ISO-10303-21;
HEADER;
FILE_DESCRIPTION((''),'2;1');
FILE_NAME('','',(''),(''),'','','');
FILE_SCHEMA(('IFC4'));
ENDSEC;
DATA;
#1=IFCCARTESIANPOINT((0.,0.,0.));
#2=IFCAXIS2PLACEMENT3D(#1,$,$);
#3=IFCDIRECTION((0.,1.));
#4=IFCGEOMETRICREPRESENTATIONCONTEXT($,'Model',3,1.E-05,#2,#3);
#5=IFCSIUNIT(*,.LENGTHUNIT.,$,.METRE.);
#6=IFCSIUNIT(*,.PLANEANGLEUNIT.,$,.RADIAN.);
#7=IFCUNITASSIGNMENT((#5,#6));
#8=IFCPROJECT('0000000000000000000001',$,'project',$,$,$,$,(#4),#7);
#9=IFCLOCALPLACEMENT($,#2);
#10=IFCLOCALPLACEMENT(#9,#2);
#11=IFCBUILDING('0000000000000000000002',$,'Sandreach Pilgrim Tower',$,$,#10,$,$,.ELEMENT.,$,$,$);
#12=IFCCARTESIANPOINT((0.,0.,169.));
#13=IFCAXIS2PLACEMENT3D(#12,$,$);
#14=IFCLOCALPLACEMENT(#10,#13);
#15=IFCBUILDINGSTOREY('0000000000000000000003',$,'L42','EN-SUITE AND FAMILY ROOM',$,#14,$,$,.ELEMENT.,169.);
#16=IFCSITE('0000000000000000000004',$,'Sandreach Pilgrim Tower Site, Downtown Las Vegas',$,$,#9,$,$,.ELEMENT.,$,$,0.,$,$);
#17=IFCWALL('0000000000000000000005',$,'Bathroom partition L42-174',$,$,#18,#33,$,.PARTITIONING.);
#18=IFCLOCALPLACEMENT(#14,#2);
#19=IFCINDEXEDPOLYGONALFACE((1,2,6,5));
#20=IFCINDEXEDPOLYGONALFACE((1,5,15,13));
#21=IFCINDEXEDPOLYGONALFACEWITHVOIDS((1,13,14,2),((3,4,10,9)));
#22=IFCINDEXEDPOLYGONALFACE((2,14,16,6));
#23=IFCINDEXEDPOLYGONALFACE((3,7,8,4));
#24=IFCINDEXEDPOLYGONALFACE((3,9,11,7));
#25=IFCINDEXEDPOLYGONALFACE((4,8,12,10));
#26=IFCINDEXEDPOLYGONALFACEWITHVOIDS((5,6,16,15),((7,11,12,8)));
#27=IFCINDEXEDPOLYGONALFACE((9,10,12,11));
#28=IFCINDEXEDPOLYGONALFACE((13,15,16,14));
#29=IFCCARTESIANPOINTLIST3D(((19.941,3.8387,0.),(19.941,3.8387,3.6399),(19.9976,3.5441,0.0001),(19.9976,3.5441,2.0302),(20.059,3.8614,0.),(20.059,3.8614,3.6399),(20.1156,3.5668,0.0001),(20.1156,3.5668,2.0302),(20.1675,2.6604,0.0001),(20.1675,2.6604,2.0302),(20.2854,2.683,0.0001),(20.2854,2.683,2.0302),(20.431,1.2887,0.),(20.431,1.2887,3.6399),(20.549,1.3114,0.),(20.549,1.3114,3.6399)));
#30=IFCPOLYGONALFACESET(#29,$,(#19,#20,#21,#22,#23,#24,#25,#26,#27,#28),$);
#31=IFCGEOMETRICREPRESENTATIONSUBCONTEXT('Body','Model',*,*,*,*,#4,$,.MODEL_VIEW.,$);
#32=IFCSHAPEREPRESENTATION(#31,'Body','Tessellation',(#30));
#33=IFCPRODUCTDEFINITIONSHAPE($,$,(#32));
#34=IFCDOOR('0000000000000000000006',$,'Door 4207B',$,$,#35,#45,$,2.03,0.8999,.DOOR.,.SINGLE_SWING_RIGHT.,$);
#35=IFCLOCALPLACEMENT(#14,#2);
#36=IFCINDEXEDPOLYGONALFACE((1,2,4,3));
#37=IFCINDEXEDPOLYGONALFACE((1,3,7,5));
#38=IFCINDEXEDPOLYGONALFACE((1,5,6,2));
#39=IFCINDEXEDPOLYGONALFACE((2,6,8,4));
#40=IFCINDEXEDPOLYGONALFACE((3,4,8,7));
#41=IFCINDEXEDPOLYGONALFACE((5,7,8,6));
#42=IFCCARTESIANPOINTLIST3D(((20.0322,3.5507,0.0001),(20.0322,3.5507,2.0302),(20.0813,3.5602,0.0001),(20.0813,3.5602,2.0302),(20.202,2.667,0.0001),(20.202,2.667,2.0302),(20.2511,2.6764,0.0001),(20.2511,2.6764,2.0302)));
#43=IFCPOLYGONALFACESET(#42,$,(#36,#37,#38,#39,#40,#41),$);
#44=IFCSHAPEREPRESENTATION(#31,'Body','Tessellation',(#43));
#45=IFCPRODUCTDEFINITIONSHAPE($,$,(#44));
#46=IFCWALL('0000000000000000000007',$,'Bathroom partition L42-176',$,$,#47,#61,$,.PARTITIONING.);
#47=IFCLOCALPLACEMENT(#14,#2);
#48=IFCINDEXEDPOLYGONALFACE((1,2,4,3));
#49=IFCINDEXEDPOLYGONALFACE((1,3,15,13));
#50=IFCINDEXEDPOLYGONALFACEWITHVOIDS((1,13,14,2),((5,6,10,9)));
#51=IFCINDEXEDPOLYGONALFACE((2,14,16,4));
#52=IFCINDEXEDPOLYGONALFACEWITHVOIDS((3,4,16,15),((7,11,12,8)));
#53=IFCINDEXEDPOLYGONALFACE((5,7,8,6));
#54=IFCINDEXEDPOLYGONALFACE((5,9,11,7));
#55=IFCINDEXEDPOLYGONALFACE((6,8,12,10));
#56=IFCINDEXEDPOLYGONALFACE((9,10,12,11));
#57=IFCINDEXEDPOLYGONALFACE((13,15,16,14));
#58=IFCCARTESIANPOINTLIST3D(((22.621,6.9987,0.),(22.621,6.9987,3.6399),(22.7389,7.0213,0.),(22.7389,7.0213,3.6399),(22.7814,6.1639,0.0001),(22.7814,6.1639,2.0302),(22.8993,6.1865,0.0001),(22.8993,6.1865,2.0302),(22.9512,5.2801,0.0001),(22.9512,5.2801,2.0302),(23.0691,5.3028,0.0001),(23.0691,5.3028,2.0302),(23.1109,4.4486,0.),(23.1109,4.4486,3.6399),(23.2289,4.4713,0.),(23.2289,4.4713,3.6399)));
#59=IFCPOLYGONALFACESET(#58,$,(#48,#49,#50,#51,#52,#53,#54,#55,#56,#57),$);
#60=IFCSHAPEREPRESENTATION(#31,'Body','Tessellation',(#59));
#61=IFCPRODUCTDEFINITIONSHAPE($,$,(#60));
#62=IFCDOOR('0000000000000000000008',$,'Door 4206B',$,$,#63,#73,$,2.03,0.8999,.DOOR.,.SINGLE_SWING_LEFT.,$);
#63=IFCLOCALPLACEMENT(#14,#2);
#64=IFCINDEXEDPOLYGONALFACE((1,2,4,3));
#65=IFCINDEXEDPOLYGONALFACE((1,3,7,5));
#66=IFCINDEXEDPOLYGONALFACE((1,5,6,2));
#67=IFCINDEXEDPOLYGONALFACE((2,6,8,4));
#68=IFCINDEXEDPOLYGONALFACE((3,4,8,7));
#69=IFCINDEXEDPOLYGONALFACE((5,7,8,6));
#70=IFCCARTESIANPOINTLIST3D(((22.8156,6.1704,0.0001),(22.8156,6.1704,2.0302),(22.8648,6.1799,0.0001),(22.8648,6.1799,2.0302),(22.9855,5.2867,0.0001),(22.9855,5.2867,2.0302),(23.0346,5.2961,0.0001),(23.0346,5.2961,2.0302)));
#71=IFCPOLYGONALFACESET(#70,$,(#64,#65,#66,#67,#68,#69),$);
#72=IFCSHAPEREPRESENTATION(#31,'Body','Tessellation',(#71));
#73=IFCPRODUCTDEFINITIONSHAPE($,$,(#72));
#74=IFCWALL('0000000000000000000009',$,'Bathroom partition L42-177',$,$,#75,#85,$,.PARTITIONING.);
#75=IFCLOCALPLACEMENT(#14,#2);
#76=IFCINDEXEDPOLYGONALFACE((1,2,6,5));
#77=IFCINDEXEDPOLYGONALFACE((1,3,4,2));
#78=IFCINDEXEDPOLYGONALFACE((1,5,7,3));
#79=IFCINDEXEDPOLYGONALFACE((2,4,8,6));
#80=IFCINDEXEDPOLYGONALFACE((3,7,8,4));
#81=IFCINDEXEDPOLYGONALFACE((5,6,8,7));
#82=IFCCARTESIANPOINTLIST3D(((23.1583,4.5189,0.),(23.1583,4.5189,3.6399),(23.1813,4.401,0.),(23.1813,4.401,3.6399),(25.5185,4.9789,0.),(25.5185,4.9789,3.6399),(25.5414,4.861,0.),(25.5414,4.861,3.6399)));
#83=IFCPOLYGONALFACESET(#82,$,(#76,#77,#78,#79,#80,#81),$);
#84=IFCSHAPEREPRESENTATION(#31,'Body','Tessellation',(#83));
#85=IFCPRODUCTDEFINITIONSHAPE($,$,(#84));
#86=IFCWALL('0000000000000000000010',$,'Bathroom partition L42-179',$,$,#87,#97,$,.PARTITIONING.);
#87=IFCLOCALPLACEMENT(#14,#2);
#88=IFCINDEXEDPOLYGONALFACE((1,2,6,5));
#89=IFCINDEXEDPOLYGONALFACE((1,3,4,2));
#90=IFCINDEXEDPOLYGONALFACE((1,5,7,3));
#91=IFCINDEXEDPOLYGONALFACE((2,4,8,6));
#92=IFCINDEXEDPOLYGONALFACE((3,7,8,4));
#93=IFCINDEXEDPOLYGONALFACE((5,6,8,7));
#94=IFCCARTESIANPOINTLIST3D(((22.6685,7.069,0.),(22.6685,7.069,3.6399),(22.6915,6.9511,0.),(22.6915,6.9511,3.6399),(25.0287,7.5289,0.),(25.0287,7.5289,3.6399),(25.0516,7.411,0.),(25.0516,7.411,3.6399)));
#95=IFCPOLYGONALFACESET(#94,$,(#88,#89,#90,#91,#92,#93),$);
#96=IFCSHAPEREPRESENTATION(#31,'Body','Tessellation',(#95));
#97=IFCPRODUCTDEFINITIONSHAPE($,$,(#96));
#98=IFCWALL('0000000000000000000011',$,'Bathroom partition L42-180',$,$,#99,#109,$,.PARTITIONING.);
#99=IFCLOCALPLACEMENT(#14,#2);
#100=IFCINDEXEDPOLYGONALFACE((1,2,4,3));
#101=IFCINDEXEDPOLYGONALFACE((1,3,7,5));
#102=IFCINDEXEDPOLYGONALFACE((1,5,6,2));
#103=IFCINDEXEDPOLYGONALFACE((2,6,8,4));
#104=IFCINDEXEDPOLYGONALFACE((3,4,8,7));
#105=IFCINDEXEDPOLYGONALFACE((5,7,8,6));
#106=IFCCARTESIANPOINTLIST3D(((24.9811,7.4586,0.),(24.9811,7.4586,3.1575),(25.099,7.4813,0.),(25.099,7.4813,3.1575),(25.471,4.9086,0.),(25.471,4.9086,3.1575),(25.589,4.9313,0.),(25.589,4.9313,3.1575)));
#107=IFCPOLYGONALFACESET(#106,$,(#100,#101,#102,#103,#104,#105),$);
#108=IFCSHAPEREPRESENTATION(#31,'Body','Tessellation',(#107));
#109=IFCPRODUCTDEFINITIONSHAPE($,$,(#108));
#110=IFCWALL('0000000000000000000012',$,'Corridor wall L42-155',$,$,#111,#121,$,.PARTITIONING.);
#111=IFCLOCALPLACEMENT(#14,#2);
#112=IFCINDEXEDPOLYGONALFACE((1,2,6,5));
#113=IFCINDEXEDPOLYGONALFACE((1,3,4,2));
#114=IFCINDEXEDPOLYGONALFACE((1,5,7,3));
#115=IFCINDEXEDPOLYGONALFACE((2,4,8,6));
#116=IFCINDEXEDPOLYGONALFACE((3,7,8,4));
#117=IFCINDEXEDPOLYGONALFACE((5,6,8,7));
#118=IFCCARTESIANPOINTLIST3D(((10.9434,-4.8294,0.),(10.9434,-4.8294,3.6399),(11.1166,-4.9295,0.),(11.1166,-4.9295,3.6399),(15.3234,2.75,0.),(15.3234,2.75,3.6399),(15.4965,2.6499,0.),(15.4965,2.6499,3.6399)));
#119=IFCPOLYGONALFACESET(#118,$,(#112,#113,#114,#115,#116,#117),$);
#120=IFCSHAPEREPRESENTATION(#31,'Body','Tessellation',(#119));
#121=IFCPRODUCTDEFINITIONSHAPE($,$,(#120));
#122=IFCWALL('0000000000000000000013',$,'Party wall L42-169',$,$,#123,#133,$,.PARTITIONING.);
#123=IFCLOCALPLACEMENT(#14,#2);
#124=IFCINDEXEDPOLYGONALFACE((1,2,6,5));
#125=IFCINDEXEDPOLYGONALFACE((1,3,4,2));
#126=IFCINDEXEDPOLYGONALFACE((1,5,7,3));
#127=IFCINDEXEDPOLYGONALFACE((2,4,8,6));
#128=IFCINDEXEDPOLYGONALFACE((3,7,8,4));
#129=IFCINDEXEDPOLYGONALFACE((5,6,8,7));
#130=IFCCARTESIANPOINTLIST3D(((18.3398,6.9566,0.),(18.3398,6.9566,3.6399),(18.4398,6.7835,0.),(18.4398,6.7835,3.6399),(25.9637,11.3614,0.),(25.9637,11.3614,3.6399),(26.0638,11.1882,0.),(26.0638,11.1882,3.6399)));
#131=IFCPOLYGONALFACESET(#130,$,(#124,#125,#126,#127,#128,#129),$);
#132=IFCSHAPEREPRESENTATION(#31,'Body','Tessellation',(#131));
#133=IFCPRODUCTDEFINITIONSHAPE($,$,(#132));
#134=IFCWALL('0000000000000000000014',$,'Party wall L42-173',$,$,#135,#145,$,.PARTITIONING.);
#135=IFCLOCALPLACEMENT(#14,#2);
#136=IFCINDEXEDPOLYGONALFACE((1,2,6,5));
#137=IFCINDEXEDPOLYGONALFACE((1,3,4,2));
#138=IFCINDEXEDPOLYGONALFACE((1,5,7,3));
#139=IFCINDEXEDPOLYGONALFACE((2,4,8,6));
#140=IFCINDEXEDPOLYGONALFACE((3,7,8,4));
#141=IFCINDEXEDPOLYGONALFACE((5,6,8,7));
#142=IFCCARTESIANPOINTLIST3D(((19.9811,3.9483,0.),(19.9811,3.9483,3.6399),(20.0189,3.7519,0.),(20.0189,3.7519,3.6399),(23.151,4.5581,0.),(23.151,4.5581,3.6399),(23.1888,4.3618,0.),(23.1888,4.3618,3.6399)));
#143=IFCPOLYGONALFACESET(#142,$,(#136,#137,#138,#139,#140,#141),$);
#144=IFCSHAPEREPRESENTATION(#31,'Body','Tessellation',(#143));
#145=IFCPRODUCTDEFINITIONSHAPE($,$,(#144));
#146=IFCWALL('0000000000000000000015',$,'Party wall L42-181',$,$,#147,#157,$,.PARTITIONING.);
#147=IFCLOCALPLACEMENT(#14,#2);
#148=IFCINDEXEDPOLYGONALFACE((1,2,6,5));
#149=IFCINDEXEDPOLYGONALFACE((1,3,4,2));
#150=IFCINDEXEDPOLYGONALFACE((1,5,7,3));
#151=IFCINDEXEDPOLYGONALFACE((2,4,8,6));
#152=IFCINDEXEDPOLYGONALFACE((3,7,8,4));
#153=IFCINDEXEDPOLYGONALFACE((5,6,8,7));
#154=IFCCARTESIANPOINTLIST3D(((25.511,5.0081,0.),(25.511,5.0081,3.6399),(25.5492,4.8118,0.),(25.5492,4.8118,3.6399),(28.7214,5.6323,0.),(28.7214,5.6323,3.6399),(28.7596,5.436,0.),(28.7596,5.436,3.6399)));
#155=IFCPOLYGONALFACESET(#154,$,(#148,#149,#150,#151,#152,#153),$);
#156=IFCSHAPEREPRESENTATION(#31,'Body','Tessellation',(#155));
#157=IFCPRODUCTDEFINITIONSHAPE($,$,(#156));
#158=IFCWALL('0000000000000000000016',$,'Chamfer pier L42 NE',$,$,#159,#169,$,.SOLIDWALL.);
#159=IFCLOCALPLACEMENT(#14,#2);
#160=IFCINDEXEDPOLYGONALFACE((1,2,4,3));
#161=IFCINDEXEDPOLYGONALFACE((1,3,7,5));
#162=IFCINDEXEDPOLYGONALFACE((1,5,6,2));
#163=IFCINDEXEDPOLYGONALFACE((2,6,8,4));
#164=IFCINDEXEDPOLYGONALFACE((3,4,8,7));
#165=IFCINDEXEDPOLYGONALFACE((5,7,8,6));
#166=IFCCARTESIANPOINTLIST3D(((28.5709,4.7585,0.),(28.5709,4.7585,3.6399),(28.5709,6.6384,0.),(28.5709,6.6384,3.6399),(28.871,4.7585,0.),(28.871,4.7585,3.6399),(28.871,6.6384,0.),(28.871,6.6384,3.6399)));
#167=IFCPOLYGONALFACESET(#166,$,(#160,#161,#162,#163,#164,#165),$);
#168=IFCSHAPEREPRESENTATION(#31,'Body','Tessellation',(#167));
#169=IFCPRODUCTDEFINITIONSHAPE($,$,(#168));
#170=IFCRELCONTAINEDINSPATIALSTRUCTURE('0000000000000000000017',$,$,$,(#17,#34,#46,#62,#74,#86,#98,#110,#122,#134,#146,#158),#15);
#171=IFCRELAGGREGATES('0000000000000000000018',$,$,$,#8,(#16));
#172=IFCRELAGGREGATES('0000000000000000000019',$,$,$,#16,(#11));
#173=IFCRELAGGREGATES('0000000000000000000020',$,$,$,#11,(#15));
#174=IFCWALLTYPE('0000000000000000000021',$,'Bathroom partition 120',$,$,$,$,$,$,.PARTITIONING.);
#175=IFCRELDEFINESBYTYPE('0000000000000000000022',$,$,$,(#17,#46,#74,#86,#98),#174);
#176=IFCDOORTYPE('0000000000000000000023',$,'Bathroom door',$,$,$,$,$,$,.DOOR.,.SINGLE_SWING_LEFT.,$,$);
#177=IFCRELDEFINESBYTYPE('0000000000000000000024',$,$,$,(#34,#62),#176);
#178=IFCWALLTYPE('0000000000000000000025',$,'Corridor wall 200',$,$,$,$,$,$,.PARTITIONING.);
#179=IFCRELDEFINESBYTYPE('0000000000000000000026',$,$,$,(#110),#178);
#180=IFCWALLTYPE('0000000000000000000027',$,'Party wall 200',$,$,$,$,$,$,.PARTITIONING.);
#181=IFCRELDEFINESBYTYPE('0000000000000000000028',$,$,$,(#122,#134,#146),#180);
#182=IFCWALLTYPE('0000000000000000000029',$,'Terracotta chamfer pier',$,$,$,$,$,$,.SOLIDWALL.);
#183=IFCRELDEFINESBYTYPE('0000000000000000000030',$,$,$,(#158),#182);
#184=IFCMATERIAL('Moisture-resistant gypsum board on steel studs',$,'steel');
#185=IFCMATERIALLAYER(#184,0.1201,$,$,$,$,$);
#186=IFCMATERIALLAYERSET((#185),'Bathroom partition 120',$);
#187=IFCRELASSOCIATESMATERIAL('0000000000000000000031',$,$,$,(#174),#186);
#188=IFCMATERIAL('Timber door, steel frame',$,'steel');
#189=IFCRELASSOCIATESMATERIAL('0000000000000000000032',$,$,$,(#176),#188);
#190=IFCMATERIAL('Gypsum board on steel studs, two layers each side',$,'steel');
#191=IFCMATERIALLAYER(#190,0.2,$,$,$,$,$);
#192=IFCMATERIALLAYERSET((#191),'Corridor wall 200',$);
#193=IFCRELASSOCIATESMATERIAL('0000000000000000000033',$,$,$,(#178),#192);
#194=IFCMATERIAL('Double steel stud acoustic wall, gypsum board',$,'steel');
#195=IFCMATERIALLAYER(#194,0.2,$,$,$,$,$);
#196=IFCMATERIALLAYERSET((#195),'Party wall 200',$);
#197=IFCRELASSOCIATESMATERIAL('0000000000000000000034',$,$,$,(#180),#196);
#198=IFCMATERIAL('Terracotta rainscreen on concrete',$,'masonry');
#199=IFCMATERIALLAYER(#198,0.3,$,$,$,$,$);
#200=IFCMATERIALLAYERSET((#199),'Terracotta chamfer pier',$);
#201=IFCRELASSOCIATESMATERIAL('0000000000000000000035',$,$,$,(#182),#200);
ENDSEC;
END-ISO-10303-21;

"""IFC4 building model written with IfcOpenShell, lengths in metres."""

from ifc_helpers import new_model, si_unit, direction, frame, frame_2d, origin, place, context, subcontext, project, spatial, rectangle, extrude, material, layer, layer_set, type_object, element, fill, save


model = new_model("IFC4")

# Units and contexts
model_context = context("Model", 3, precision=1e-05, world=origin(), true_north=direction((0.0, 1.0)))
body_context = subcontext(model_context, "Body", "Model", "MODEL_VIEW")
ifc_project = project(units=[si_unit("LENGTHUNIT", "METRE"), si_unit("PLANEANGLEUNIT", "RADIAN")], contexts=[model_context])

# Site, building, storey
site_placement = place(None, origin())
site = spatial("IfcSite", under=ifc_project, at=site_placement, Name="Sandreach Pilgrim Tower Site, Downtown Las Vegas", CompositionType="ELEMENT", RefElevation=0.0)
building_placement = place(site_placement, origin())
building = spatial("IfcBuilding", under=site, at=building_placement, Name="Sandreach Pilgrim Tower", CompositionType="ELEMENT")
storey_placement = place(building_placement, frame((0.0, 0.0, 169.0)))
storey = spatial("IfcBuildingStorey", under=building, at=storey_placement, Name="L42", Description="EN-SUITE AND FAMILY ROOM", CompositionType="ELEMENT", Elevation=169.0)

# Shared definitions
ifc_material_1 = material(Name="Moisture-resistant gypsum board on steel studs", Category="steel")
ifc_layer_1 = layer(ifc_material_1, 0.1201)
ifc_layer_set_1 = layer_set([ifc_layer_1], Name="Bathroom partition 120")
wall_type_1 = type_object("IfcWallType", Name="Bathroom partition 120", PredefinedType="PARTITIONING", material=ifc_layer_set_1)

# Walls, openings, doors
wall_1_placement = place(storey_placement, frame((20.49, 1.3, 0.0), z_axis=(0.0, 0.0, 1.0), x_axis=(-0.188697, 0.982035, 0.0)))
wall_1 = element("IfcWall", 1, at=wall_1_placement, inside=storey, type_object=wall_type_1, Name="Bathroom partition L42-174", PredefinedType="PARTITIONING", context=body_context, shape_type="SweptSolid", body=[
    extrude(rectangle(XDim=2.5967, YDim=0.1201, at=frame_2d((1.2983, 0.0))), origin(), (0.0, 0.0, 1.0), 3.6399),
])
opening_1_placement = place(wall_1_placement, frame((1.3967, 0.0, 0.0)))
opening_1 = element("IfcOpeningElement", 2, at=opening_1_placement, cuts=wall_1, PredefinedType="OPENING", context=body_context, shape_type="SweptSolid", body=[
    extrude(rectangle(XDim=0.8999, YDim=2.03, at=frame_2d((0.45, 1.0151))), frame((0.0, 0.0601, 0.0), z_axis=(0.0, -1.0, 0.0), x_axis=(1.0, 0.0, 0.0)), (0.0, 0.0, 1.0), 0.1201),
])
ifc_material_2 = material(Name="Timber door, steel frame", Category="steel")
door_type_1 = type_object("IfcDoorType", Name="Bathroom door", OperationType="SINGLE_SWING_LEFT", PredefinedType="DOOR", material=ifc_material_2)
door_1_placement = place(opening_1_placement, origin())
door_1 = element("IfcDoor", 3, at=door_1_placement, inside=storey, type_object=door_type_1, Name="Door 4207B", OperationType="SINGLE_SWING_RIGHT", OverallHeight=2.03, OverallWidth=0.8999, PredefinedType="DOOR", context=body_context, shape_type="SweptSolid", body=[
    extrude(rectangle(XDim=0.8999, YDim=2.03, at=frame_2d((0.45, 1.0151))), frame((0.0, 0.0249, 0.0), z_axis=(0.0, -1.0, 0.0), x_axis=(1.0, 0.0, 0.0)), (0.0, 0.0, 1.0), 0.05),
])
fill(opening_1, door_1)
wall_2_placement = place(storey_placement, frame((22.6799, 7.01, 0.0), z_axis=(0.0, 0.0, 1.0), x_axis=(0.188697, -0.982035, 0.0)))
wall_2 = element("IfcWall", 4, at=wall_2_placement, inside=storey, type_object=wall_type_1, Name="Bathroom partition L42-176", PredefinedType="PARTITIONING", context=body_context, shape_type="SweptSolid", body=[
    extrude(rectangle(XDim=2.5967, YDim=0.1201, at=frame_2d((1.2983, 0.0))), origin(), (0.0, 0.0, 1.0), 3.6399),
])
opening_2_placement = place(wall_2_placement, frame((0.8501, 0.0, 0.0)))
opening_2 = element("IfcOpeningElement", 5, at=opening_2_placement, cuts=wall_2, PredefinedType="OPENING", context=body_context, shape_type="SweptSolid", body=[
    extrude(rectangle(XDim=0.8999, YDim=2.03, at=frame_2d((0.45, 1.0151))), frame((0.0, 0.0601, 0.0), z_axis=(0.0, -1.0, 0.0), x_axis=(1.0, 0.0, 0.0)), (0.0, 0.0, 1.0), 0.1201),
])
door_2_placement = place(opening_2_placement, origin())
door_2 = element("IfcDoor", 6, at=door_2_placement, inside=storey, type_object=door_type_1, Name="Door 4206B", OperationType="SINGLE_SWING_LEFT", OverallHeight=2.03, OverallWidth=0.8999, PredefinedType="DOOR", context=body_context, shape_type="SweptSolid", body=[
    extrude(rectangle(XDim=0.8999, YDim=2.03, at=frame_2d((0.45, 1.0151))), frame((0.0, 0.0249, 0.0), z_axis=(0.0, -1.0, 0.0), x_axis=(1.0, 0.0, 0.0)), (0.0, 0.0, 1.0), 0.05),
])
fill(opening_2, door_2)

# Walls
for number, where, z_axis, x_axis, name in (
    (7, (23.1699, 4.46, 0.0), (0.0, 0.0, 1.0), (0.981533, 0.191291, 0.0), "Bathroom partition L42-177"),
    (8, (25.04, 7.47, 0.0), (0.0, 0.0, 1.0), (-0.981533, -0.191291, 0.0), "Bathroom partition L42-179"),
):
    element("IfcWall", number, at=place(storey_placement, frame(where, z_axis=z_axis, x_axis=x_axis)), inside=storey, type_object=wall_type_1, Name=name, PredefinedType="PARTITIONING", context=body_context, shape_type="SweptSolid", body=[
        extrude(rectangle(XDim=2.4045, YDim=0.1201, at=frame_2d((1.2021, 0.0))), origin(), (0.0, 0.0, 1.0), 3.6399),
    ])
wall_3_placement = place(storey_placement, frame((25.53, 4.9199, 0.0), z_axis=(0.0, 0.0, 1.0), x_axis=(-0.188697, 0.982035, 0.0)))
element("IfcWall", 9, at=wall_3_placement, inside=storey, type_object=wall_type_1, Name="Bathroom partition L42-180", PredefinedType="PARTITIONING", context=body_context, shape_type="SweptSolid", body=[
    extrude(rectangle(XDim=2.5967, YDim=0.1201, at=frame_2d((1.2983, 0.0))), origin(), (0.0, 0.0, 1.0), 3.1575),
])
ifc_material_3 = material(Name="Gypsum board on steel studs, two layers each side", Category="steel")
ifc_layer_2 = layer(ifc_material_3, 0.2)
ifc_layer_set_2 = layer_set([ifc_layer_2], Name="Corridor wall 200")
wall_type_2 = type_object("IfcWallType", Name="Corridor wall 200", PredefinedType="PARTITIONING", material=ifc_layer_set_2)
wall_4_placement = place(storey_placement, frame((15.4099, 2.7, 0.0), z_axis=(0.0, 0.0, 1.0), x_axis=(-0.500338, -0.86583, 0.0)))
element("IfcWall", 10, at=wall_4_placement, inside=storey, type_object=wall_type_2, Name="Corridor wall L42-155", PredefinedType="PARTITIONING", context=body_context, shape_type="SweptSolid", body=[
    extrude(rectangle(XDim=8.7539, YDim=0.2, at=frame_2d((4.377, 0.0))), origin(), (0.0, 0.0, 1.0), 3.6399),
])

# Walls
ifc_material_4 = material(Name="Double steel stud acoustic wall, gypsum board", Category="steel")
ifc_layer_3 = layer(ifc_material_4, 0.2)
ifc_layer_set_3 = layer_set([ifc_layer_3], Name="Party wall 200")
wall_type_3 = type_object("IfcWallType", Name="Party wall 200", PredefinedType="PARTITIONING", material=ifc_layer_set_3)
wall_5_placement = place(storey_placement, frame((18.3899, 6.8701, 0.0), z_axis=(0.0, 0.0, 1.0), x_axis=(0.865875, 0.50026, 0.0)))
element("IfcWall", 11, at=wall_5_placement, inside=storey, type_object=wall_type_3, Name="Party wall L42-169", PredefinedType="PARTITIONING", context=body_context, shape_type="SweptSolid", body=[
    extrude(rectangle(XDim=8.8049, YDim=0.2, at=frame_2d((4.4023, 0.0))), origin(), (0.0, 0.0, 1.0), 3.6399),
])
wall_6_placement = place(storey_placement, frame((20.0, 3.8501, 0.0), z_axis=(0.0, 0.0, 1.0), x_axis=(0.981991, 0.188926, 0.0)))
element("IfcWall", 12, at=wall_6_placement, inside=storey, type_object=wall_type_3, Name="Party wall L42-173", PredefinedType="PARTITIONING", context=body_context, shape_type="SweptSolid", body=[
    extrude(rectangle(XDim=3.228, YDim=0.2, at=frame_2d((1.614, 0.0))), origin(), (0.0, 0.0, 1.0), 3.6399),
])
wall_7_placement = place(storey_placement, frame((28.7405, 5.5342, 0.0), z_axis=(0.0, 0.0, 1.0), x_axis=(-0.981615, -0.190874, 0.0)))
element("IfcWall", 13, at=wall_7_placement, inside=storey, type_object=wall_type_3, Name="Party wall L42-181", PredefinedType="PARTITIONING", context=body_context, shape_type="SweptSolid", body=[
    extrude(rectangle(XDim=3.2705, YDim=0.2, at=frame_2d((1.6353, 0.0))), origin(), (0.0, 0.0, 1.0), 3.6399),
])
ifc_material_5 = material(Name="Terracotta rainscreen on concrete", Category="masonry")
ifc_layer_4 = layer(ifc_material_5, 0.3)
ifc_layer_set_4 = layer_set([ifc_layer_4], Name="Terracotta chamfer pier")
wall_type_4 = type_object("IfcWallType", Name="Terracotta chamfer pier", PredefinedType="SOLIDWALL", material=ifc_layer_set_4)
wall_8_placement = place(storey_placement, frame((28.7209, 6.6384, 0.0), z_axis=(0.0, 0.0, 1.0), x_axis=(0.0, -1.0, 0.0)))
element("IfcWall", 14, at=wall_8_placement, inside=storey, type_object=wall_type_4, Name="Chamfer pier L42 NE", PredefinedType="SOLIDWALL", context=body_context, shape_type="SweptSolid", body=[
    extrude(rectangle(XDim=1.8799, YDim=0.3, at=frame_2d((0.9399, 0.0))), origin(), (0.0, 0.0, 1.0), 3.6399),
])

save(model, "model.ifc")
